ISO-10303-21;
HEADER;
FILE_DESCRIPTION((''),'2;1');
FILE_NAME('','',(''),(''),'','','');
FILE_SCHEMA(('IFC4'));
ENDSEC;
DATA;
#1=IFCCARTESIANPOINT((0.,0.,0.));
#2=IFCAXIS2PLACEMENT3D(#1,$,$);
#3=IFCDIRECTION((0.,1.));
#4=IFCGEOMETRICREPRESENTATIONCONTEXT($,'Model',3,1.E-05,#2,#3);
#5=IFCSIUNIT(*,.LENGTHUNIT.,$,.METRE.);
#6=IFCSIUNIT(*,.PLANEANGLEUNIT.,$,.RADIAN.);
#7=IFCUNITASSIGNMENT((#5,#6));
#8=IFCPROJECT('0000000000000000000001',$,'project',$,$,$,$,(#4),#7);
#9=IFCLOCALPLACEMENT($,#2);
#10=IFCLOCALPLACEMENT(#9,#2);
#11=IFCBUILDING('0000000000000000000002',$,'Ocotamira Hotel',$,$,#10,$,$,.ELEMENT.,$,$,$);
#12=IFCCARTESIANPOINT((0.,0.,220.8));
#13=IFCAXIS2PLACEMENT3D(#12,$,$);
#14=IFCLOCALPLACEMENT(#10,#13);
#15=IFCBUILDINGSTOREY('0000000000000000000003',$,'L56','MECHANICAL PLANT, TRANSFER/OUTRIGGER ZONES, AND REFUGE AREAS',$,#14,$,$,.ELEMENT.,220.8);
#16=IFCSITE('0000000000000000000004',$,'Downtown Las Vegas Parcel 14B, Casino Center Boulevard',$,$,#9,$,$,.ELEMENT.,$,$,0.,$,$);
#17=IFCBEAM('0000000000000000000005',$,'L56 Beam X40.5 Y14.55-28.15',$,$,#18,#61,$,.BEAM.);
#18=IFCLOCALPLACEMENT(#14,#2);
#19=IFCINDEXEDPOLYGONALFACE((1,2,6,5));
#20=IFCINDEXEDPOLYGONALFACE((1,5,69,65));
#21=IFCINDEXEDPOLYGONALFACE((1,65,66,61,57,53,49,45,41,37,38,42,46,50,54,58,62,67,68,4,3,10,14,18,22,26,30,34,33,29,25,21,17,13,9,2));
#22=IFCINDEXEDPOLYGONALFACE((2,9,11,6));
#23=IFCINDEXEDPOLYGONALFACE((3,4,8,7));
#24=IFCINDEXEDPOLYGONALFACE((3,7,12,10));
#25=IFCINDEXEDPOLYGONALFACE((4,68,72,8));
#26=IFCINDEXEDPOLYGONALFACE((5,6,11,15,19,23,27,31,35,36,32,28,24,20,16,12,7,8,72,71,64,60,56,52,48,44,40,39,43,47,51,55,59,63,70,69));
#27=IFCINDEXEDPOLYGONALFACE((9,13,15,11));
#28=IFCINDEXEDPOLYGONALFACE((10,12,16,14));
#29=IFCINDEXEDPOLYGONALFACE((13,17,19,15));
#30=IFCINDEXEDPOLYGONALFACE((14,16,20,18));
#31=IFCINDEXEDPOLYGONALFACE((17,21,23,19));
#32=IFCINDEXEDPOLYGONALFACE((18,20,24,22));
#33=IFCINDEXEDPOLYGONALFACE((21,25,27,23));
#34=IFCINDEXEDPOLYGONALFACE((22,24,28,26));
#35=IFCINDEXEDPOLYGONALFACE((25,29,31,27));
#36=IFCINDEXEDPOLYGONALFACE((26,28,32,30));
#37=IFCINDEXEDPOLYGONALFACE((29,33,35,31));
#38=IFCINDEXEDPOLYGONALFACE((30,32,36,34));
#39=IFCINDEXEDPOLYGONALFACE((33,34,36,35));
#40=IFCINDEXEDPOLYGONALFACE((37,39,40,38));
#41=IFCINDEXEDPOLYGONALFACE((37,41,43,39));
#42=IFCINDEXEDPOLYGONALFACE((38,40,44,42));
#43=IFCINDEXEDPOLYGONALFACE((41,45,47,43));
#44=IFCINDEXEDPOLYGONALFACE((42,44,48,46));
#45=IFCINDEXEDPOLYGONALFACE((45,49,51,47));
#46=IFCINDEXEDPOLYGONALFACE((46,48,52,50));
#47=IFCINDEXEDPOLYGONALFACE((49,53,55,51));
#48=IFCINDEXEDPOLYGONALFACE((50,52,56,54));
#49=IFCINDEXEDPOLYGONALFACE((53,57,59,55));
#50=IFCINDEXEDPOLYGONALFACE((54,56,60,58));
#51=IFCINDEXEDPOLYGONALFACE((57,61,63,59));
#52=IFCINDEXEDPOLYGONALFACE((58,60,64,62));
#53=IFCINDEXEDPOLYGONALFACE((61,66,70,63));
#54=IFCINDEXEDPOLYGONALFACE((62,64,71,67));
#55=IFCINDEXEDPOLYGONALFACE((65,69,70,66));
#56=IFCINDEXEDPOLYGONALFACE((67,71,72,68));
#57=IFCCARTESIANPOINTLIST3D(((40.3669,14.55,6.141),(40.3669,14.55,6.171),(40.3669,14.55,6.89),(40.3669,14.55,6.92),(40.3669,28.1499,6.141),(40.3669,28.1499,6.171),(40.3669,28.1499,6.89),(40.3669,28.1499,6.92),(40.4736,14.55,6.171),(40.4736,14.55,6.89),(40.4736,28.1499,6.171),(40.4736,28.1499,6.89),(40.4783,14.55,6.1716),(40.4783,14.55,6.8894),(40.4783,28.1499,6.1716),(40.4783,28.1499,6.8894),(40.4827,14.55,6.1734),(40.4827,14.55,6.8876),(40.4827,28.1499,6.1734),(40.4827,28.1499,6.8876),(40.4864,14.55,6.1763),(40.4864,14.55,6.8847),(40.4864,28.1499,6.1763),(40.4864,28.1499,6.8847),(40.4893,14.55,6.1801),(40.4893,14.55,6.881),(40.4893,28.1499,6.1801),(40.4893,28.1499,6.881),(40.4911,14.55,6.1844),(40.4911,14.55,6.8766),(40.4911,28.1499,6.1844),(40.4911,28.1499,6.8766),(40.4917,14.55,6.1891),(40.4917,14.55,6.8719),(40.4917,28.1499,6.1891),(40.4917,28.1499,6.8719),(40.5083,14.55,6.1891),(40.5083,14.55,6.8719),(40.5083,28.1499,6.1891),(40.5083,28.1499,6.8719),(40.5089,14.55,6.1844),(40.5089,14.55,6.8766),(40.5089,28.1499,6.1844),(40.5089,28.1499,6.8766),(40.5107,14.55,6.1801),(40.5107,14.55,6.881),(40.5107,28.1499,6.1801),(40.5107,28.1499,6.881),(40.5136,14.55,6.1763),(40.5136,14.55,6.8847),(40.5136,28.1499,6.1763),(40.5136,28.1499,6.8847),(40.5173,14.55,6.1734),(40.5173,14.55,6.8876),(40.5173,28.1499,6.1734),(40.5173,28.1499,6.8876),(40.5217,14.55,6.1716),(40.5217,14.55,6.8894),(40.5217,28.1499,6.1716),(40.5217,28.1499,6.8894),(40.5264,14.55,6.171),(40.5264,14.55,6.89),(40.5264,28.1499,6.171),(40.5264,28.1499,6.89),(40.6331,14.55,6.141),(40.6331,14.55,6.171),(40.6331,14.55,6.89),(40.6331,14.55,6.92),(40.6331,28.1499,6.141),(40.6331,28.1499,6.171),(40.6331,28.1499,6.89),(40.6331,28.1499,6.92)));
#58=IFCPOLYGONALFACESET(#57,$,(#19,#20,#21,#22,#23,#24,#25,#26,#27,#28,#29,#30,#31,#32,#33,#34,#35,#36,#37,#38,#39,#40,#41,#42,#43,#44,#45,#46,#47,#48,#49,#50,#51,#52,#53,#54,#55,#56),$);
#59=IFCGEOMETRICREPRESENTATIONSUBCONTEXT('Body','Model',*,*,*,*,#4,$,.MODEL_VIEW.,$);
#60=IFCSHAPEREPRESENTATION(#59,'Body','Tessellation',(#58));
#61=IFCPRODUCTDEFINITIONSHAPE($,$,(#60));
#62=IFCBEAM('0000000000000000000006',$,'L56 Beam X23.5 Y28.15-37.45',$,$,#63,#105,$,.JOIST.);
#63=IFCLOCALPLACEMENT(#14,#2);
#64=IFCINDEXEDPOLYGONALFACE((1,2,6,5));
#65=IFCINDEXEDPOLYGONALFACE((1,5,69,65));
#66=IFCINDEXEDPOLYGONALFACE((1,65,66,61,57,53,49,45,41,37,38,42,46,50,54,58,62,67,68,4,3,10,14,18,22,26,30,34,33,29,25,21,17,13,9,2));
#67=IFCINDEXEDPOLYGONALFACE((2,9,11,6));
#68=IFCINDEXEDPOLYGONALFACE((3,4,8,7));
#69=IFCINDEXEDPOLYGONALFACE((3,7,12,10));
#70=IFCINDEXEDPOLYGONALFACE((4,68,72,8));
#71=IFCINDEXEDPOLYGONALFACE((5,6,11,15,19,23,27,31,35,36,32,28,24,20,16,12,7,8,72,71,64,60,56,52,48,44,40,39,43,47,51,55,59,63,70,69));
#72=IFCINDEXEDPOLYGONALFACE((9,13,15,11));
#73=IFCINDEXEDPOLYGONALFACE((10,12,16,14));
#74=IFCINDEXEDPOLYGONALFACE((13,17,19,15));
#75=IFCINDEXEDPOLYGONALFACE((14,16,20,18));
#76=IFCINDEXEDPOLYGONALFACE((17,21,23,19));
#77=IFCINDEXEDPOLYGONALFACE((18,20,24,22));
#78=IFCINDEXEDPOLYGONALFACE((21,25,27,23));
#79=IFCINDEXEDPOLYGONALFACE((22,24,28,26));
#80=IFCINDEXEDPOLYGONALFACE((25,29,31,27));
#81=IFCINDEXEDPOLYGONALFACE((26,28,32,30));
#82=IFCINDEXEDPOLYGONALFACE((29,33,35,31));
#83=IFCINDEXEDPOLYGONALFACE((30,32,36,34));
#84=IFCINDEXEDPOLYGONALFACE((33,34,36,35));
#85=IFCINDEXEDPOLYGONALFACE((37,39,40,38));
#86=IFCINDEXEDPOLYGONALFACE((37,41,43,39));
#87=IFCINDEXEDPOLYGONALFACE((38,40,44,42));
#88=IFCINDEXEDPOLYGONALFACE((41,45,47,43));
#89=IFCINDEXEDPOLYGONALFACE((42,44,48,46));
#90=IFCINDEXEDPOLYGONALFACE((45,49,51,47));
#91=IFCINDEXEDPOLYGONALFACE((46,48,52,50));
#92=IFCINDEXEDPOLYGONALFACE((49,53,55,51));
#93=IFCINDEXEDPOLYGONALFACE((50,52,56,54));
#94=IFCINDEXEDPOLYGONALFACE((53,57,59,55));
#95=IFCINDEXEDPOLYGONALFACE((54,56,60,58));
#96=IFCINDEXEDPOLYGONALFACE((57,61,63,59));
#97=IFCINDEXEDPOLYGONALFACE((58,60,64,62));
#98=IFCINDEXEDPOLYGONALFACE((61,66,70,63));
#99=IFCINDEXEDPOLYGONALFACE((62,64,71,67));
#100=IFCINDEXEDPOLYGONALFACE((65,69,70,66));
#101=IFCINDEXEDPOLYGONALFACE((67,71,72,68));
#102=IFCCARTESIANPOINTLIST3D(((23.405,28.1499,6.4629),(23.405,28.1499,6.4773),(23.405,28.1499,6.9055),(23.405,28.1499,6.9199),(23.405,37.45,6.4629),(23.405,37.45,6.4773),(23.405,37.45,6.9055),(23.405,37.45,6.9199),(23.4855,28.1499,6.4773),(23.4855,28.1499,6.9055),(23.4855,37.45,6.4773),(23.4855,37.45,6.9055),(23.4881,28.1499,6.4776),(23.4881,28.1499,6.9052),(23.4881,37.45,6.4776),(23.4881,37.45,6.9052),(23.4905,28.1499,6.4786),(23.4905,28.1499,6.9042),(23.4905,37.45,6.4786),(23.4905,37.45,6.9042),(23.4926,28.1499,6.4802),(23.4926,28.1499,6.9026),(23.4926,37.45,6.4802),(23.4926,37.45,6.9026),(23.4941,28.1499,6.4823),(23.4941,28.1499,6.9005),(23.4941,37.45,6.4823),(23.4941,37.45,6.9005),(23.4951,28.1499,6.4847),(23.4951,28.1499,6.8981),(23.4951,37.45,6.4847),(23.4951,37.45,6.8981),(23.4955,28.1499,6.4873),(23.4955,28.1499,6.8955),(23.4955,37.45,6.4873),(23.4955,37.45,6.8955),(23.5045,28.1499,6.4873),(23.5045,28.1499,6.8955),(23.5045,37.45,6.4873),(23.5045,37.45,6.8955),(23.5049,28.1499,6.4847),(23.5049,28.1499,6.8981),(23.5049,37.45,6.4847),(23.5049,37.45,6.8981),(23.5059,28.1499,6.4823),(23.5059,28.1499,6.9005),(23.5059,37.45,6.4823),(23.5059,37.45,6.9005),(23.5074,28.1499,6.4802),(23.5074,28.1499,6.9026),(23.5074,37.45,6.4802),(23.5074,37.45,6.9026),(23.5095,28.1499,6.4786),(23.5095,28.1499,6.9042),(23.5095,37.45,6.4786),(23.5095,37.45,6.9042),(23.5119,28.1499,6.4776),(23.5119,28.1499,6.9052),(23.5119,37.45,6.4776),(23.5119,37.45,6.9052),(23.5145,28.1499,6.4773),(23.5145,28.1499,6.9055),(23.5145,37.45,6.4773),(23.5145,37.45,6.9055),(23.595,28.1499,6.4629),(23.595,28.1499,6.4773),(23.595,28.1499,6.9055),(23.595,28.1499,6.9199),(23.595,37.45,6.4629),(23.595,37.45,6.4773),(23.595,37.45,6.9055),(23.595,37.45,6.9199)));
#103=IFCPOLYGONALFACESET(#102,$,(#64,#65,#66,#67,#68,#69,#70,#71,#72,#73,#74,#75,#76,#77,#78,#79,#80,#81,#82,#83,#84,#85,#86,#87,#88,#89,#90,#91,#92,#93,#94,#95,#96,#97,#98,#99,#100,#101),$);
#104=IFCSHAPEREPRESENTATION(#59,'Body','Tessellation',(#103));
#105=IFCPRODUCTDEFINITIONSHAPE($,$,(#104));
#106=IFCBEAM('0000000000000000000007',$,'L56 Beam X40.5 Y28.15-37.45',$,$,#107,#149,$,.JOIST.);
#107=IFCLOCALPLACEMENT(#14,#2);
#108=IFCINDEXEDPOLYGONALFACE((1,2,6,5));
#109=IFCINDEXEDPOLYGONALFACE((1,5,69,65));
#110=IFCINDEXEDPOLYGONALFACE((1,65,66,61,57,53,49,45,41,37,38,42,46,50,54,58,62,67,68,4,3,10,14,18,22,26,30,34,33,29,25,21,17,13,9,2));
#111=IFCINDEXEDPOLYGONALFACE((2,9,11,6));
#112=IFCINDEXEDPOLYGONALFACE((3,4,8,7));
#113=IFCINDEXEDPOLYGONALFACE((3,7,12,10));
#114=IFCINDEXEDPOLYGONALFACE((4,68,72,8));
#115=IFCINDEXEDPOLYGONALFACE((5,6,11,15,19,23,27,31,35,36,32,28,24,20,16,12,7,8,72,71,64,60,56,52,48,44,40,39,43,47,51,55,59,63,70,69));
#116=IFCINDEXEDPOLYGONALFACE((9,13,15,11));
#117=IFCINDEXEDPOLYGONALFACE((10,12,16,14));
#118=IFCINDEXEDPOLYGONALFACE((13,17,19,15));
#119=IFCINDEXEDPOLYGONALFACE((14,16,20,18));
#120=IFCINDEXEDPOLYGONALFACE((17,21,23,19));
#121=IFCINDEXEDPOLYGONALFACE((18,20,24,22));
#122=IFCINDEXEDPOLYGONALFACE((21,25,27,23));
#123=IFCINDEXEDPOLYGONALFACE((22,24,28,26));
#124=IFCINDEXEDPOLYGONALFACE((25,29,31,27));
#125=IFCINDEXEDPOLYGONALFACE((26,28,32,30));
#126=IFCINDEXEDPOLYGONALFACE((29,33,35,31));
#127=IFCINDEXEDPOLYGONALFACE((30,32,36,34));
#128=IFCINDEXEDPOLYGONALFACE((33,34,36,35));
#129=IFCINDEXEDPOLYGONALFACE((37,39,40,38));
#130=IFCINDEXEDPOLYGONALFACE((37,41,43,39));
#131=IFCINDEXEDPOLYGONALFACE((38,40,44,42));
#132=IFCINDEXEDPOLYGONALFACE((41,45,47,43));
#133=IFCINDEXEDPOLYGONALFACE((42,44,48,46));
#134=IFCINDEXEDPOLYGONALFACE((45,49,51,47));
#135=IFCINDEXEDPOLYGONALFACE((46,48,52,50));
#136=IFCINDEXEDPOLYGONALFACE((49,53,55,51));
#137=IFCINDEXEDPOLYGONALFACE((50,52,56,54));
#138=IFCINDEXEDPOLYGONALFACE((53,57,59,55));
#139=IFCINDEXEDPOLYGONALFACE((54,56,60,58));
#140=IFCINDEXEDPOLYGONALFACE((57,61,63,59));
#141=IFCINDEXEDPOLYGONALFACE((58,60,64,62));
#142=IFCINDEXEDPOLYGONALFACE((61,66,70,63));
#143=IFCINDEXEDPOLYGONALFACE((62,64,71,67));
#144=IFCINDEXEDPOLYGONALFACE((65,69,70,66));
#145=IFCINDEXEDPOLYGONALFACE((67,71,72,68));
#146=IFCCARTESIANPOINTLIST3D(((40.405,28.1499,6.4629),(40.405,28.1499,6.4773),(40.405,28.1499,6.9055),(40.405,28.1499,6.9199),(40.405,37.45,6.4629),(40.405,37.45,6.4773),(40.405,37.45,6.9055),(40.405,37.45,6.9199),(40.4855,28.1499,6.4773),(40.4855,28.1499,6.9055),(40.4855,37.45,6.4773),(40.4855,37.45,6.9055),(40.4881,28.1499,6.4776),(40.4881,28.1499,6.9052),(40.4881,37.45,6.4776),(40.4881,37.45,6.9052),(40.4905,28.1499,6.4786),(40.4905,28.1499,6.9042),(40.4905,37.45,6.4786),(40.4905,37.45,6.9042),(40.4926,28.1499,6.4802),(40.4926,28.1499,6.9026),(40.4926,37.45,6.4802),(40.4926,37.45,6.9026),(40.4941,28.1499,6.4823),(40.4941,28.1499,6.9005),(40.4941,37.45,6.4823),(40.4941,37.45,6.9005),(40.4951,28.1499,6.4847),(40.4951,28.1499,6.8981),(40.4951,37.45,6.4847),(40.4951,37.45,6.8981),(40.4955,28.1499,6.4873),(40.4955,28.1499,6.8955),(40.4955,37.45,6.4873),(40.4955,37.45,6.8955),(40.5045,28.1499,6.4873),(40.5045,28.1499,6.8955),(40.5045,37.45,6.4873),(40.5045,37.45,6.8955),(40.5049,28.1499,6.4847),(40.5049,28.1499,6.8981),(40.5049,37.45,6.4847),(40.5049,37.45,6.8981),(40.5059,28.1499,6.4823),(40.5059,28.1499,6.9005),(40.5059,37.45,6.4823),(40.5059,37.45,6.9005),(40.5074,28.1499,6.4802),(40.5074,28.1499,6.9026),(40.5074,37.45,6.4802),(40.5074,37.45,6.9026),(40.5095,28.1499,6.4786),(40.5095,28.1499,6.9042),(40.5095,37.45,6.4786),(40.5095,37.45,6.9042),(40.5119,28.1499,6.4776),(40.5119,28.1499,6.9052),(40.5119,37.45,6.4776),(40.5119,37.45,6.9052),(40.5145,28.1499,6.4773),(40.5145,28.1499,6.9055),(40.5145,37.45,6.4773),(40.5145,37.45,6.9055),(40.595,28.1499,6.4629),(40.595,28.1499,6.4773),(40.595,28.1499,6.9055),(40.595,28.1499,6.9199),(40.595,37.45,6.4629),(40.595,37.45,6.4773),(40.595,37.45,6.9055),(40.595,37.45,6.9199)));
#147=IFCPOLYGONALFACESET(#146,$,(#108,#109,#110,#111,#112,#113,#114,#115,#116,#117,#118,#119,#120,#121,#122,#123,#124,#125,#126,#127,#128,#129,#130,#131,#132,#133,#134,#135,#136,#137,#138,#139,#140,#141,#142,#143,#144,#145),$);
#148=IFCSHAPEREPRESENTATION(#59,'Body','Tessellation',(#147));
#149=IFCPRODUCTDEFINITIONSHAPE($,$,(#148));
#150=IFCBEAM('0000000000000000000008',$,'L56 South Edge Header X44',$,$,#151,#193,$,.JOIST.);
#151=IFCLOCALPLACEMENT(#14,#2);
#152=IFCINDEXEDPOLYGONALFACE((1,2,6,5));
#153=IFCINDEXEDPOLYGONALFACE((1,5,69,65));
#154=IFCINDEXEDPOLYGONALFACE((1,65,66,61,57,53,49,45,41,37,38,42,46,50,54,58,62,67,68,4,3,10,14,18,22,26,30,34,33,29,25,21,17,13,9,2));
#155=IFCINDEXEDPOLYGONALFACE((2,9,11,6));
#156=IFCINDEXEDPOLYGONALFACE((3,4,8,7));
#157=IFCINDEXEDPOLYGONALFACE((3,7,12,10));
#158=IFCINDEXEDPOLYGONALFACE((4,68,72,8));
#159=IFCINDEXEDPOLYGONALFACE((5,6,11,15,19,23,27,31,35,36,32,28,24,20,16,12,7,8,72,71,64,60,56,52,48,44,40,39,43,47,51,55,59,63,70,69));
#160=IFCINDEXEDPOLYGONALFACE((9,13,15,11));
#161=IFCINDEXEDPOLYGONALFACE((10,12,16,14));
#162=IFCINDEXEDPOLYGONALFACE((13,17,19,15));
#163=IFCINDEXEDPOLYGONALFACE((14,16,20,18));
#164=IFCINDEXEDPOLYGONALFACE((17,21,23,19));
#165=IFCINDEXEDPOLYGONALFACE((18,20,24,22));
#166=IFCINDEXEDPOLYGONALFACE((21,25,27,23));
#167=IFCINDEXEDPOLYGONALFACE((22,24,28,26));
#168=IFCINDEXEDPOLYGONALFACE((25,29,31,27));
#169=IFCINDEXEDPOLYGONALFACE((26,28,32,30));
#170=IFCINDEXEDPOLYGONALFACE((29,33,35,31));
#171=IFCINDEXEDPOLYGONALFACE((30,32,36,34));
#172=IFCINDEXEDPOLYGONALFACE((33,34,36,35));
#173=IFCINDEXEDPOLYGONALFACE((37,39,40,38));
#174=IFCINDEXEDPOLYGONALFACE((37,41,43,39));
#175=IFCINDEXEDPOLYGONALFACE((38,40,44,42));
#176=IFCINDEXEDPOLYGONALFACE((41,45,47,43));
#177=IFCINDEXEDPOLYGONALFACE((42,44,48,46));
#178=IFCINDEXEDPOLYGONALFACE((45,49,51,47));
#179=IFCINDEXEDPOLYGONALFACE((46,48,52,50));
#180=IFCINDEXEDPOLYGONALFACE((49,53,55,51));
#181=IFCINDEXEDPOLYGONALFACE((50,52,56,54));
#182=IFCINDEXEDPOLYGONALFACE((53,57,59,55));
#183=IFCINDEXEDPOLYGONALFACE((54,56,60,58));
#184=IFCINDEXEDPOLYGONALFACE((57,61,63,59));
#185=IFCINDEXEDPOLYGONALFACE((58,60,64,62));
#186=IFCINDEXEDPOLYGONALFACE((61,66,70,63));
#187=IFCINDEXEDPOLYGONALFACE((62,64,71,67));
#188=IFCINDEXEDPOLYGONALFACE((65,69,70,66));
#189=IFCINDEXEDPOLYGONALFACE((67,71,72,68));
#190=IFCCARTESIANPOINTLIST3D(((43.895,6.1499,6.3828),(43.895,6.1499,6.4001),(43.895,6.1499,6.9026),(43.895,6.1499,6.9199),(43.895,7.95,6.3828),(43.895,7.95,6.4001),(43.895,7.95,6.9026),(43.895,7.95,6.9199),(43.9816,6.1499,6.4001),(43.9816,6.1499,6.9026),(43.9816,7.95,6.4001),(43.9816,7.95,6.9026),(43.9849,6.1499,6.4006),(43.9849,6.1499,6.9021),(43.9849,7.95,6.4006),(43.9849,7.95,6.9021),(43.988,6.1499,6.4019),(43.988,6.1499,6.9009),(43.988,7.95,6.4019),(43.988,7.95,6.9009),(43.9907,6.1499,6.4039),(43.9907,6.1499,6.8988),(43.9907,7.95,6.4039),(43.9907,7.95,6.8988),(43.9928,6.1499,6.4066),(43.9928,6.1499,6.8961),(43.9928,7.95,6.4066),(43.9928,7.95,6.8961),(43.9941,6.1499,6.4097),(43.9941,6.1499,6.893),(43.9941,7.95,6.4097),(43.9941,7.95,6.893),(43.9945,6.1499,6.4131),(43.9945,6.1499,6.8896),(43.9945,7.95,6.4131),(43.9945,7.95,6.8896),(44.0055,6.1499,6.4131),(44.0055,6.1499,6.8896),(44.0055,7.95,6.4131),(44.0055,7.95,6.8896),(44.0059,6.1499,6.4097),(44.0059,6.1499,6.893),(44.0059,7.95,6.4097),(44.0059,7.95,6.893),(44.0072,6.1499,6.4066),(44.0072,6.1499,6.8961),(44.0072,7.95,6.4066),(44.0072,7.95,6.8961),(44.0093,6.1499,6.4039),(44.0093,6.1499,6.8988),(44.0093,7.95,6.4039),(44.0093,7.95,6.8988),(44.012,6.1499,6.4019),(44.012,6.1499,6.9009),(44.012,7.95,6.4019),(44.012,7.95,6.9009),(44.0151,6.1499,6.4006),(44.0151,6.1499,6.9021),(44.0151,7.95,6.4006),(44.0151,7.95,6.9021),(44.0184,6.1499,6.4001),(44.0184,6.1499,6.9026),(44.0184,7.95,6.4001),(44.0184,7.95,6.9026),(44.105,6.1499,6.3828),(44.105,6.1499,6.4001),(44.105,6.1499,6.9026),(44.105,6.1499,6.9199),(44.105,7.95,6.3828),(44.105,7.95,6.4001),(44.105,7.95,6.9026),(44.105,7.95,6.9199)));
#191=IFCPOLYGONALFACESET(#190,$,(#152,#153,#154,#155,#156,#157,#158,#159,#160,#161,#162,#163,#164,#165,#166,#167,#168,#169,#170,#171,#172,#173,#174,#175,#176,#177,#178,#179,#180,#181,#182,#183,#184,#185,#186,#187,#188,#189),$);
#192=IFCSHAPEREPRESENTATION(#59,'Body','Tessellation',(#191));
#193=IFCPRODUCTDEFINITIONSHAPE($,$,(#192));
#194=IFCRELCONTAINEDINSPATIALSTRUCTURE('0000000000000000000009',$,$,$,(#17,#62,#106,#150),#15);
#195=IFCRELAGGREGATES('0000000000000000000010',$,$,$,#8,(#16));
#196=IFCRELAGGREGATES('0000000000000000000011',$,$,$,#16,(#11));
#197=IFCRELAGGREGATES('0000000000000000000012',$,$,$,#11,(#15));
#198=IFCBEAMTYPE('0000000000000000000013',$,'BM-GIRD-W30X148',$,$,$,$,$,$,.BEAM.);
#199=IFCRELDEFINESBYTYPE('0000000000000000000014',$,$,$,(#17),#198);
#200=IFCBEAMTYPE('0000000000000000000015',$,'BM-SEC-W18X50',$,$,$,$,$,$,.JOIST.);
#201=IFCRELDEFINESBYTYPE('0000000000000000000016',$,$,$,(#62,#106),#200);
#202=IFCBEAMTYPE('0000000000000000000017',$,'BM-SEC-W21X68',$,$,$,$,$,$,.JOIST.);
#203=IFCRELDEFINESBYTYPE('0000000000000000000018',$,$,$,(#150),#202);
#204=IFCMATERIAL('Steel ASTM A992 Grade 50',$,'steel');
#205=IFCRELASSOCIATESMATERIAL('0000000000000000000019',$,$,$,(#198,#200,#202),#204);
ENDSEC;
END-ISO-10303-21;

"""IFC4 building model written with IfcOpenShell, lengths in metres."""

from ifc_helpers import new_model, si_unit, direction, frame, origin, origin_2d, place, context, subcontext, project, spatial, i_section, extrude, source, transform, mapped, material, material_profile, profile_set, type_object, element, save


model = new_model("IFC4")

# Units and contexts
model_context = context("Model", 3, precision=1e-05, world=origin(), true_north=direction((0.0, 1.0)))
body_context = subcontext(model_context, "Body", "Model", "MODEL_VIEW")
ifc_project = project(units=[si_unit("LENGTHUNIT", "METRE"), si_unit("PLANEANGLEUNIT", "RADIAN")], contexts=[model_context])

# Site, building, storey
site_placement = place(None, origin())
site = spatial("IfcSite", under=ifc_project, at=site_placement, Name="Downtown Las Vegas Parcel 14B, Casino Center Boulevard", CompositionType="ELEMENT", RefElevation=0.0)
building_placement = place(site_placement, origin())
building = spatial("IfcBuilding", under=site, at=building_placement, Name="Ocotamira Hotel", CompositionType="ELEMENT")
storey_placement = place(building_placement, frame((0.0, 0.0, 220.8)))
storey = spatial("IfcBuildingStorey", under=building, at=storey_placement, Name="L56", Description="MECHANICAL PLANT, TRANSFER/OUTRIGGER ZONES, AND REFUGE AREAS", CompositionType="ELEMENT", Elevation=220.8)

# Beams
ifc_material_1 = material(Name="Steel ASTM A992 Grade 50", Category="steel")
ifc_material_profile_1 = material_profile(ifc_material_1, i_section(OverallWidth=0.2661, OverallDepth=0.7791, WebThickness=0.0166, FlangeThickness=0.03, FilletRadius=0.0181, at=origin_2d()), Name="W30X148")
ifc_profile_set_1 = profile_set([ifc_material_profile_1], Name="Steel ASTM A992 Grade 50")
beam_type_1 = type_object("IfcBeamType", Name="BM-GIRD-W30X148", PredefinedType="BEAM", material=ifc_profile_set_1)
shared_shape_1 = source(origin(), body_context, "Body", "SweptSolid", [
    extrude(i_section(OverallWidth=0.2661, OverallDepth=0.7791, WebThickness=0.0166, FlangeThickness=0.03, FilletRadius=0.0181, at=origin_2d()), origin(), (0.0, 0.0, 1.0), 13.5999),
])
for number, where, z_axis, x_axis, name in (
    (1, (40.5, 14.55, 6.5305), (0.0, 1.0, 0.0), (-1.0, 0.0, 0.0), "L56 Beam X40.5 Y14.55-28.15"),
):
    element("IfcBeam", number, at=place(storey_placement, frame(where, z_axis=z_axis, x_axis=x_axis)), inside=storey, type_object=beam_type_1, Name=name, PredefinedType="BEAM", context=body_context, shape_type="MappedRepresentation", body=[
        mapped(shared_shape_1, transform((0.0, 0.0, 0.0), scale=1.0)),
    ])
ifc_material_profile_2 = material_profile(ifc_material_1, i_section(OverallWidth=0.1899, OverallDepth=0.457, WebThickness=0.009, FlangeThickness=0.0144, FilletRadius=0.01, at=origin_2d()), Name="W18X50")
ifc_profile_set_2 = profile_set([ifc_material_profile_2], Name="Steel ASTM A992 Grade 50")
beam_type_2 = type_object("IfcBeamType", Name="BM-SEC-W18X50", PredefinedType="JOIST", material=ifc_profile_set_2)
shared_shape_2 = source(origin(), body_context, "Body", "SweptSolid", [
    extrude(i_section(OverallWidth=0.1899, OverallDepth=0.457, WebThickness=0.009, FlangeThickness=0.0144, FilletRadius=0.01, at=origin_2d()), origin(), (0.0, 0.0, 1.0), 9.3),
])
for number, where, z_axis, x_axis, name in (
    (2, (23.5, 28.1499, 6.6914), (0.0, 1.0, 0.0), (-1.0, 0.0, 0.0), "L56 Beam X23.5 Y28.15-37.45"),
    (3, (40.5, 28.1499, 6.6914), (0.0, 1.0, 0.0), (-1.0, 0.0, 0.0), "L56 Beam X40.5 Y28.15-37.45"),
):
    element("IfcBeam", number, at=place(storey_placement, frame(where, z_axis=z_axis, x_axis=x_axis)), inside=storey, type_object=beam_type_2, Name=name, PredefinedType="JOIST", context=body_context, shape_type="MappedRepresentation", body=[
        mapped(shared_shape_2, transform((0.0, 0.0, 0.0), scale=1.0)),
    ])
ifc_material_profile_3 = material_profile(ifc_material_1, i_section(OverallWidth=0.21, OverallDepth=0.5371, WebThickness=0.011, FlangeThickness=0.0173, FilletRadius=0.0129, at=origin_2d()), Name="W21X68")
ifc_profile_set_3 = profile_set([ifc_material_profile_3], Name="Steel ASTM A992 Grade 50")
beam_type_3 = type_object("IfcBeamType", Name="BM-SEC-W21X68", PredefinedType="JOIST", material=ifc_profile_set_3)
shared_shape_3 = source(origin(), body_context, "Body", "SweptSolid", [
    extrude(i_section(OverallWidth=0.21, OverallDepth=0.5371, WebThickness=0.011, FlangeThickness=0.0173, FilletRadius=0.0129, at=origin_2d()), origin(), (0.0, 0.0, 1.0), 1.8),
])
beam_1_placement = place(storey_placement, frame((44.0, 7.95, 6.6514), z_axis=(0.0, -1.0, 0.0), x_axis=(1.0, 0.0, 0.0)))
element("IfcBeam", 4, at=beam_1_placement, inside=storey, type_object=beam_type_3, Name="L56 South Edge Header X44", PredefinedType="JOIST", context=body_context, shape_type="MappedRepresentation", body=[
    mapped(shared_shape_3, transform((0.0, 0.0, 0.0), scale=1.0)),
])

save(model, "model.ifc")
